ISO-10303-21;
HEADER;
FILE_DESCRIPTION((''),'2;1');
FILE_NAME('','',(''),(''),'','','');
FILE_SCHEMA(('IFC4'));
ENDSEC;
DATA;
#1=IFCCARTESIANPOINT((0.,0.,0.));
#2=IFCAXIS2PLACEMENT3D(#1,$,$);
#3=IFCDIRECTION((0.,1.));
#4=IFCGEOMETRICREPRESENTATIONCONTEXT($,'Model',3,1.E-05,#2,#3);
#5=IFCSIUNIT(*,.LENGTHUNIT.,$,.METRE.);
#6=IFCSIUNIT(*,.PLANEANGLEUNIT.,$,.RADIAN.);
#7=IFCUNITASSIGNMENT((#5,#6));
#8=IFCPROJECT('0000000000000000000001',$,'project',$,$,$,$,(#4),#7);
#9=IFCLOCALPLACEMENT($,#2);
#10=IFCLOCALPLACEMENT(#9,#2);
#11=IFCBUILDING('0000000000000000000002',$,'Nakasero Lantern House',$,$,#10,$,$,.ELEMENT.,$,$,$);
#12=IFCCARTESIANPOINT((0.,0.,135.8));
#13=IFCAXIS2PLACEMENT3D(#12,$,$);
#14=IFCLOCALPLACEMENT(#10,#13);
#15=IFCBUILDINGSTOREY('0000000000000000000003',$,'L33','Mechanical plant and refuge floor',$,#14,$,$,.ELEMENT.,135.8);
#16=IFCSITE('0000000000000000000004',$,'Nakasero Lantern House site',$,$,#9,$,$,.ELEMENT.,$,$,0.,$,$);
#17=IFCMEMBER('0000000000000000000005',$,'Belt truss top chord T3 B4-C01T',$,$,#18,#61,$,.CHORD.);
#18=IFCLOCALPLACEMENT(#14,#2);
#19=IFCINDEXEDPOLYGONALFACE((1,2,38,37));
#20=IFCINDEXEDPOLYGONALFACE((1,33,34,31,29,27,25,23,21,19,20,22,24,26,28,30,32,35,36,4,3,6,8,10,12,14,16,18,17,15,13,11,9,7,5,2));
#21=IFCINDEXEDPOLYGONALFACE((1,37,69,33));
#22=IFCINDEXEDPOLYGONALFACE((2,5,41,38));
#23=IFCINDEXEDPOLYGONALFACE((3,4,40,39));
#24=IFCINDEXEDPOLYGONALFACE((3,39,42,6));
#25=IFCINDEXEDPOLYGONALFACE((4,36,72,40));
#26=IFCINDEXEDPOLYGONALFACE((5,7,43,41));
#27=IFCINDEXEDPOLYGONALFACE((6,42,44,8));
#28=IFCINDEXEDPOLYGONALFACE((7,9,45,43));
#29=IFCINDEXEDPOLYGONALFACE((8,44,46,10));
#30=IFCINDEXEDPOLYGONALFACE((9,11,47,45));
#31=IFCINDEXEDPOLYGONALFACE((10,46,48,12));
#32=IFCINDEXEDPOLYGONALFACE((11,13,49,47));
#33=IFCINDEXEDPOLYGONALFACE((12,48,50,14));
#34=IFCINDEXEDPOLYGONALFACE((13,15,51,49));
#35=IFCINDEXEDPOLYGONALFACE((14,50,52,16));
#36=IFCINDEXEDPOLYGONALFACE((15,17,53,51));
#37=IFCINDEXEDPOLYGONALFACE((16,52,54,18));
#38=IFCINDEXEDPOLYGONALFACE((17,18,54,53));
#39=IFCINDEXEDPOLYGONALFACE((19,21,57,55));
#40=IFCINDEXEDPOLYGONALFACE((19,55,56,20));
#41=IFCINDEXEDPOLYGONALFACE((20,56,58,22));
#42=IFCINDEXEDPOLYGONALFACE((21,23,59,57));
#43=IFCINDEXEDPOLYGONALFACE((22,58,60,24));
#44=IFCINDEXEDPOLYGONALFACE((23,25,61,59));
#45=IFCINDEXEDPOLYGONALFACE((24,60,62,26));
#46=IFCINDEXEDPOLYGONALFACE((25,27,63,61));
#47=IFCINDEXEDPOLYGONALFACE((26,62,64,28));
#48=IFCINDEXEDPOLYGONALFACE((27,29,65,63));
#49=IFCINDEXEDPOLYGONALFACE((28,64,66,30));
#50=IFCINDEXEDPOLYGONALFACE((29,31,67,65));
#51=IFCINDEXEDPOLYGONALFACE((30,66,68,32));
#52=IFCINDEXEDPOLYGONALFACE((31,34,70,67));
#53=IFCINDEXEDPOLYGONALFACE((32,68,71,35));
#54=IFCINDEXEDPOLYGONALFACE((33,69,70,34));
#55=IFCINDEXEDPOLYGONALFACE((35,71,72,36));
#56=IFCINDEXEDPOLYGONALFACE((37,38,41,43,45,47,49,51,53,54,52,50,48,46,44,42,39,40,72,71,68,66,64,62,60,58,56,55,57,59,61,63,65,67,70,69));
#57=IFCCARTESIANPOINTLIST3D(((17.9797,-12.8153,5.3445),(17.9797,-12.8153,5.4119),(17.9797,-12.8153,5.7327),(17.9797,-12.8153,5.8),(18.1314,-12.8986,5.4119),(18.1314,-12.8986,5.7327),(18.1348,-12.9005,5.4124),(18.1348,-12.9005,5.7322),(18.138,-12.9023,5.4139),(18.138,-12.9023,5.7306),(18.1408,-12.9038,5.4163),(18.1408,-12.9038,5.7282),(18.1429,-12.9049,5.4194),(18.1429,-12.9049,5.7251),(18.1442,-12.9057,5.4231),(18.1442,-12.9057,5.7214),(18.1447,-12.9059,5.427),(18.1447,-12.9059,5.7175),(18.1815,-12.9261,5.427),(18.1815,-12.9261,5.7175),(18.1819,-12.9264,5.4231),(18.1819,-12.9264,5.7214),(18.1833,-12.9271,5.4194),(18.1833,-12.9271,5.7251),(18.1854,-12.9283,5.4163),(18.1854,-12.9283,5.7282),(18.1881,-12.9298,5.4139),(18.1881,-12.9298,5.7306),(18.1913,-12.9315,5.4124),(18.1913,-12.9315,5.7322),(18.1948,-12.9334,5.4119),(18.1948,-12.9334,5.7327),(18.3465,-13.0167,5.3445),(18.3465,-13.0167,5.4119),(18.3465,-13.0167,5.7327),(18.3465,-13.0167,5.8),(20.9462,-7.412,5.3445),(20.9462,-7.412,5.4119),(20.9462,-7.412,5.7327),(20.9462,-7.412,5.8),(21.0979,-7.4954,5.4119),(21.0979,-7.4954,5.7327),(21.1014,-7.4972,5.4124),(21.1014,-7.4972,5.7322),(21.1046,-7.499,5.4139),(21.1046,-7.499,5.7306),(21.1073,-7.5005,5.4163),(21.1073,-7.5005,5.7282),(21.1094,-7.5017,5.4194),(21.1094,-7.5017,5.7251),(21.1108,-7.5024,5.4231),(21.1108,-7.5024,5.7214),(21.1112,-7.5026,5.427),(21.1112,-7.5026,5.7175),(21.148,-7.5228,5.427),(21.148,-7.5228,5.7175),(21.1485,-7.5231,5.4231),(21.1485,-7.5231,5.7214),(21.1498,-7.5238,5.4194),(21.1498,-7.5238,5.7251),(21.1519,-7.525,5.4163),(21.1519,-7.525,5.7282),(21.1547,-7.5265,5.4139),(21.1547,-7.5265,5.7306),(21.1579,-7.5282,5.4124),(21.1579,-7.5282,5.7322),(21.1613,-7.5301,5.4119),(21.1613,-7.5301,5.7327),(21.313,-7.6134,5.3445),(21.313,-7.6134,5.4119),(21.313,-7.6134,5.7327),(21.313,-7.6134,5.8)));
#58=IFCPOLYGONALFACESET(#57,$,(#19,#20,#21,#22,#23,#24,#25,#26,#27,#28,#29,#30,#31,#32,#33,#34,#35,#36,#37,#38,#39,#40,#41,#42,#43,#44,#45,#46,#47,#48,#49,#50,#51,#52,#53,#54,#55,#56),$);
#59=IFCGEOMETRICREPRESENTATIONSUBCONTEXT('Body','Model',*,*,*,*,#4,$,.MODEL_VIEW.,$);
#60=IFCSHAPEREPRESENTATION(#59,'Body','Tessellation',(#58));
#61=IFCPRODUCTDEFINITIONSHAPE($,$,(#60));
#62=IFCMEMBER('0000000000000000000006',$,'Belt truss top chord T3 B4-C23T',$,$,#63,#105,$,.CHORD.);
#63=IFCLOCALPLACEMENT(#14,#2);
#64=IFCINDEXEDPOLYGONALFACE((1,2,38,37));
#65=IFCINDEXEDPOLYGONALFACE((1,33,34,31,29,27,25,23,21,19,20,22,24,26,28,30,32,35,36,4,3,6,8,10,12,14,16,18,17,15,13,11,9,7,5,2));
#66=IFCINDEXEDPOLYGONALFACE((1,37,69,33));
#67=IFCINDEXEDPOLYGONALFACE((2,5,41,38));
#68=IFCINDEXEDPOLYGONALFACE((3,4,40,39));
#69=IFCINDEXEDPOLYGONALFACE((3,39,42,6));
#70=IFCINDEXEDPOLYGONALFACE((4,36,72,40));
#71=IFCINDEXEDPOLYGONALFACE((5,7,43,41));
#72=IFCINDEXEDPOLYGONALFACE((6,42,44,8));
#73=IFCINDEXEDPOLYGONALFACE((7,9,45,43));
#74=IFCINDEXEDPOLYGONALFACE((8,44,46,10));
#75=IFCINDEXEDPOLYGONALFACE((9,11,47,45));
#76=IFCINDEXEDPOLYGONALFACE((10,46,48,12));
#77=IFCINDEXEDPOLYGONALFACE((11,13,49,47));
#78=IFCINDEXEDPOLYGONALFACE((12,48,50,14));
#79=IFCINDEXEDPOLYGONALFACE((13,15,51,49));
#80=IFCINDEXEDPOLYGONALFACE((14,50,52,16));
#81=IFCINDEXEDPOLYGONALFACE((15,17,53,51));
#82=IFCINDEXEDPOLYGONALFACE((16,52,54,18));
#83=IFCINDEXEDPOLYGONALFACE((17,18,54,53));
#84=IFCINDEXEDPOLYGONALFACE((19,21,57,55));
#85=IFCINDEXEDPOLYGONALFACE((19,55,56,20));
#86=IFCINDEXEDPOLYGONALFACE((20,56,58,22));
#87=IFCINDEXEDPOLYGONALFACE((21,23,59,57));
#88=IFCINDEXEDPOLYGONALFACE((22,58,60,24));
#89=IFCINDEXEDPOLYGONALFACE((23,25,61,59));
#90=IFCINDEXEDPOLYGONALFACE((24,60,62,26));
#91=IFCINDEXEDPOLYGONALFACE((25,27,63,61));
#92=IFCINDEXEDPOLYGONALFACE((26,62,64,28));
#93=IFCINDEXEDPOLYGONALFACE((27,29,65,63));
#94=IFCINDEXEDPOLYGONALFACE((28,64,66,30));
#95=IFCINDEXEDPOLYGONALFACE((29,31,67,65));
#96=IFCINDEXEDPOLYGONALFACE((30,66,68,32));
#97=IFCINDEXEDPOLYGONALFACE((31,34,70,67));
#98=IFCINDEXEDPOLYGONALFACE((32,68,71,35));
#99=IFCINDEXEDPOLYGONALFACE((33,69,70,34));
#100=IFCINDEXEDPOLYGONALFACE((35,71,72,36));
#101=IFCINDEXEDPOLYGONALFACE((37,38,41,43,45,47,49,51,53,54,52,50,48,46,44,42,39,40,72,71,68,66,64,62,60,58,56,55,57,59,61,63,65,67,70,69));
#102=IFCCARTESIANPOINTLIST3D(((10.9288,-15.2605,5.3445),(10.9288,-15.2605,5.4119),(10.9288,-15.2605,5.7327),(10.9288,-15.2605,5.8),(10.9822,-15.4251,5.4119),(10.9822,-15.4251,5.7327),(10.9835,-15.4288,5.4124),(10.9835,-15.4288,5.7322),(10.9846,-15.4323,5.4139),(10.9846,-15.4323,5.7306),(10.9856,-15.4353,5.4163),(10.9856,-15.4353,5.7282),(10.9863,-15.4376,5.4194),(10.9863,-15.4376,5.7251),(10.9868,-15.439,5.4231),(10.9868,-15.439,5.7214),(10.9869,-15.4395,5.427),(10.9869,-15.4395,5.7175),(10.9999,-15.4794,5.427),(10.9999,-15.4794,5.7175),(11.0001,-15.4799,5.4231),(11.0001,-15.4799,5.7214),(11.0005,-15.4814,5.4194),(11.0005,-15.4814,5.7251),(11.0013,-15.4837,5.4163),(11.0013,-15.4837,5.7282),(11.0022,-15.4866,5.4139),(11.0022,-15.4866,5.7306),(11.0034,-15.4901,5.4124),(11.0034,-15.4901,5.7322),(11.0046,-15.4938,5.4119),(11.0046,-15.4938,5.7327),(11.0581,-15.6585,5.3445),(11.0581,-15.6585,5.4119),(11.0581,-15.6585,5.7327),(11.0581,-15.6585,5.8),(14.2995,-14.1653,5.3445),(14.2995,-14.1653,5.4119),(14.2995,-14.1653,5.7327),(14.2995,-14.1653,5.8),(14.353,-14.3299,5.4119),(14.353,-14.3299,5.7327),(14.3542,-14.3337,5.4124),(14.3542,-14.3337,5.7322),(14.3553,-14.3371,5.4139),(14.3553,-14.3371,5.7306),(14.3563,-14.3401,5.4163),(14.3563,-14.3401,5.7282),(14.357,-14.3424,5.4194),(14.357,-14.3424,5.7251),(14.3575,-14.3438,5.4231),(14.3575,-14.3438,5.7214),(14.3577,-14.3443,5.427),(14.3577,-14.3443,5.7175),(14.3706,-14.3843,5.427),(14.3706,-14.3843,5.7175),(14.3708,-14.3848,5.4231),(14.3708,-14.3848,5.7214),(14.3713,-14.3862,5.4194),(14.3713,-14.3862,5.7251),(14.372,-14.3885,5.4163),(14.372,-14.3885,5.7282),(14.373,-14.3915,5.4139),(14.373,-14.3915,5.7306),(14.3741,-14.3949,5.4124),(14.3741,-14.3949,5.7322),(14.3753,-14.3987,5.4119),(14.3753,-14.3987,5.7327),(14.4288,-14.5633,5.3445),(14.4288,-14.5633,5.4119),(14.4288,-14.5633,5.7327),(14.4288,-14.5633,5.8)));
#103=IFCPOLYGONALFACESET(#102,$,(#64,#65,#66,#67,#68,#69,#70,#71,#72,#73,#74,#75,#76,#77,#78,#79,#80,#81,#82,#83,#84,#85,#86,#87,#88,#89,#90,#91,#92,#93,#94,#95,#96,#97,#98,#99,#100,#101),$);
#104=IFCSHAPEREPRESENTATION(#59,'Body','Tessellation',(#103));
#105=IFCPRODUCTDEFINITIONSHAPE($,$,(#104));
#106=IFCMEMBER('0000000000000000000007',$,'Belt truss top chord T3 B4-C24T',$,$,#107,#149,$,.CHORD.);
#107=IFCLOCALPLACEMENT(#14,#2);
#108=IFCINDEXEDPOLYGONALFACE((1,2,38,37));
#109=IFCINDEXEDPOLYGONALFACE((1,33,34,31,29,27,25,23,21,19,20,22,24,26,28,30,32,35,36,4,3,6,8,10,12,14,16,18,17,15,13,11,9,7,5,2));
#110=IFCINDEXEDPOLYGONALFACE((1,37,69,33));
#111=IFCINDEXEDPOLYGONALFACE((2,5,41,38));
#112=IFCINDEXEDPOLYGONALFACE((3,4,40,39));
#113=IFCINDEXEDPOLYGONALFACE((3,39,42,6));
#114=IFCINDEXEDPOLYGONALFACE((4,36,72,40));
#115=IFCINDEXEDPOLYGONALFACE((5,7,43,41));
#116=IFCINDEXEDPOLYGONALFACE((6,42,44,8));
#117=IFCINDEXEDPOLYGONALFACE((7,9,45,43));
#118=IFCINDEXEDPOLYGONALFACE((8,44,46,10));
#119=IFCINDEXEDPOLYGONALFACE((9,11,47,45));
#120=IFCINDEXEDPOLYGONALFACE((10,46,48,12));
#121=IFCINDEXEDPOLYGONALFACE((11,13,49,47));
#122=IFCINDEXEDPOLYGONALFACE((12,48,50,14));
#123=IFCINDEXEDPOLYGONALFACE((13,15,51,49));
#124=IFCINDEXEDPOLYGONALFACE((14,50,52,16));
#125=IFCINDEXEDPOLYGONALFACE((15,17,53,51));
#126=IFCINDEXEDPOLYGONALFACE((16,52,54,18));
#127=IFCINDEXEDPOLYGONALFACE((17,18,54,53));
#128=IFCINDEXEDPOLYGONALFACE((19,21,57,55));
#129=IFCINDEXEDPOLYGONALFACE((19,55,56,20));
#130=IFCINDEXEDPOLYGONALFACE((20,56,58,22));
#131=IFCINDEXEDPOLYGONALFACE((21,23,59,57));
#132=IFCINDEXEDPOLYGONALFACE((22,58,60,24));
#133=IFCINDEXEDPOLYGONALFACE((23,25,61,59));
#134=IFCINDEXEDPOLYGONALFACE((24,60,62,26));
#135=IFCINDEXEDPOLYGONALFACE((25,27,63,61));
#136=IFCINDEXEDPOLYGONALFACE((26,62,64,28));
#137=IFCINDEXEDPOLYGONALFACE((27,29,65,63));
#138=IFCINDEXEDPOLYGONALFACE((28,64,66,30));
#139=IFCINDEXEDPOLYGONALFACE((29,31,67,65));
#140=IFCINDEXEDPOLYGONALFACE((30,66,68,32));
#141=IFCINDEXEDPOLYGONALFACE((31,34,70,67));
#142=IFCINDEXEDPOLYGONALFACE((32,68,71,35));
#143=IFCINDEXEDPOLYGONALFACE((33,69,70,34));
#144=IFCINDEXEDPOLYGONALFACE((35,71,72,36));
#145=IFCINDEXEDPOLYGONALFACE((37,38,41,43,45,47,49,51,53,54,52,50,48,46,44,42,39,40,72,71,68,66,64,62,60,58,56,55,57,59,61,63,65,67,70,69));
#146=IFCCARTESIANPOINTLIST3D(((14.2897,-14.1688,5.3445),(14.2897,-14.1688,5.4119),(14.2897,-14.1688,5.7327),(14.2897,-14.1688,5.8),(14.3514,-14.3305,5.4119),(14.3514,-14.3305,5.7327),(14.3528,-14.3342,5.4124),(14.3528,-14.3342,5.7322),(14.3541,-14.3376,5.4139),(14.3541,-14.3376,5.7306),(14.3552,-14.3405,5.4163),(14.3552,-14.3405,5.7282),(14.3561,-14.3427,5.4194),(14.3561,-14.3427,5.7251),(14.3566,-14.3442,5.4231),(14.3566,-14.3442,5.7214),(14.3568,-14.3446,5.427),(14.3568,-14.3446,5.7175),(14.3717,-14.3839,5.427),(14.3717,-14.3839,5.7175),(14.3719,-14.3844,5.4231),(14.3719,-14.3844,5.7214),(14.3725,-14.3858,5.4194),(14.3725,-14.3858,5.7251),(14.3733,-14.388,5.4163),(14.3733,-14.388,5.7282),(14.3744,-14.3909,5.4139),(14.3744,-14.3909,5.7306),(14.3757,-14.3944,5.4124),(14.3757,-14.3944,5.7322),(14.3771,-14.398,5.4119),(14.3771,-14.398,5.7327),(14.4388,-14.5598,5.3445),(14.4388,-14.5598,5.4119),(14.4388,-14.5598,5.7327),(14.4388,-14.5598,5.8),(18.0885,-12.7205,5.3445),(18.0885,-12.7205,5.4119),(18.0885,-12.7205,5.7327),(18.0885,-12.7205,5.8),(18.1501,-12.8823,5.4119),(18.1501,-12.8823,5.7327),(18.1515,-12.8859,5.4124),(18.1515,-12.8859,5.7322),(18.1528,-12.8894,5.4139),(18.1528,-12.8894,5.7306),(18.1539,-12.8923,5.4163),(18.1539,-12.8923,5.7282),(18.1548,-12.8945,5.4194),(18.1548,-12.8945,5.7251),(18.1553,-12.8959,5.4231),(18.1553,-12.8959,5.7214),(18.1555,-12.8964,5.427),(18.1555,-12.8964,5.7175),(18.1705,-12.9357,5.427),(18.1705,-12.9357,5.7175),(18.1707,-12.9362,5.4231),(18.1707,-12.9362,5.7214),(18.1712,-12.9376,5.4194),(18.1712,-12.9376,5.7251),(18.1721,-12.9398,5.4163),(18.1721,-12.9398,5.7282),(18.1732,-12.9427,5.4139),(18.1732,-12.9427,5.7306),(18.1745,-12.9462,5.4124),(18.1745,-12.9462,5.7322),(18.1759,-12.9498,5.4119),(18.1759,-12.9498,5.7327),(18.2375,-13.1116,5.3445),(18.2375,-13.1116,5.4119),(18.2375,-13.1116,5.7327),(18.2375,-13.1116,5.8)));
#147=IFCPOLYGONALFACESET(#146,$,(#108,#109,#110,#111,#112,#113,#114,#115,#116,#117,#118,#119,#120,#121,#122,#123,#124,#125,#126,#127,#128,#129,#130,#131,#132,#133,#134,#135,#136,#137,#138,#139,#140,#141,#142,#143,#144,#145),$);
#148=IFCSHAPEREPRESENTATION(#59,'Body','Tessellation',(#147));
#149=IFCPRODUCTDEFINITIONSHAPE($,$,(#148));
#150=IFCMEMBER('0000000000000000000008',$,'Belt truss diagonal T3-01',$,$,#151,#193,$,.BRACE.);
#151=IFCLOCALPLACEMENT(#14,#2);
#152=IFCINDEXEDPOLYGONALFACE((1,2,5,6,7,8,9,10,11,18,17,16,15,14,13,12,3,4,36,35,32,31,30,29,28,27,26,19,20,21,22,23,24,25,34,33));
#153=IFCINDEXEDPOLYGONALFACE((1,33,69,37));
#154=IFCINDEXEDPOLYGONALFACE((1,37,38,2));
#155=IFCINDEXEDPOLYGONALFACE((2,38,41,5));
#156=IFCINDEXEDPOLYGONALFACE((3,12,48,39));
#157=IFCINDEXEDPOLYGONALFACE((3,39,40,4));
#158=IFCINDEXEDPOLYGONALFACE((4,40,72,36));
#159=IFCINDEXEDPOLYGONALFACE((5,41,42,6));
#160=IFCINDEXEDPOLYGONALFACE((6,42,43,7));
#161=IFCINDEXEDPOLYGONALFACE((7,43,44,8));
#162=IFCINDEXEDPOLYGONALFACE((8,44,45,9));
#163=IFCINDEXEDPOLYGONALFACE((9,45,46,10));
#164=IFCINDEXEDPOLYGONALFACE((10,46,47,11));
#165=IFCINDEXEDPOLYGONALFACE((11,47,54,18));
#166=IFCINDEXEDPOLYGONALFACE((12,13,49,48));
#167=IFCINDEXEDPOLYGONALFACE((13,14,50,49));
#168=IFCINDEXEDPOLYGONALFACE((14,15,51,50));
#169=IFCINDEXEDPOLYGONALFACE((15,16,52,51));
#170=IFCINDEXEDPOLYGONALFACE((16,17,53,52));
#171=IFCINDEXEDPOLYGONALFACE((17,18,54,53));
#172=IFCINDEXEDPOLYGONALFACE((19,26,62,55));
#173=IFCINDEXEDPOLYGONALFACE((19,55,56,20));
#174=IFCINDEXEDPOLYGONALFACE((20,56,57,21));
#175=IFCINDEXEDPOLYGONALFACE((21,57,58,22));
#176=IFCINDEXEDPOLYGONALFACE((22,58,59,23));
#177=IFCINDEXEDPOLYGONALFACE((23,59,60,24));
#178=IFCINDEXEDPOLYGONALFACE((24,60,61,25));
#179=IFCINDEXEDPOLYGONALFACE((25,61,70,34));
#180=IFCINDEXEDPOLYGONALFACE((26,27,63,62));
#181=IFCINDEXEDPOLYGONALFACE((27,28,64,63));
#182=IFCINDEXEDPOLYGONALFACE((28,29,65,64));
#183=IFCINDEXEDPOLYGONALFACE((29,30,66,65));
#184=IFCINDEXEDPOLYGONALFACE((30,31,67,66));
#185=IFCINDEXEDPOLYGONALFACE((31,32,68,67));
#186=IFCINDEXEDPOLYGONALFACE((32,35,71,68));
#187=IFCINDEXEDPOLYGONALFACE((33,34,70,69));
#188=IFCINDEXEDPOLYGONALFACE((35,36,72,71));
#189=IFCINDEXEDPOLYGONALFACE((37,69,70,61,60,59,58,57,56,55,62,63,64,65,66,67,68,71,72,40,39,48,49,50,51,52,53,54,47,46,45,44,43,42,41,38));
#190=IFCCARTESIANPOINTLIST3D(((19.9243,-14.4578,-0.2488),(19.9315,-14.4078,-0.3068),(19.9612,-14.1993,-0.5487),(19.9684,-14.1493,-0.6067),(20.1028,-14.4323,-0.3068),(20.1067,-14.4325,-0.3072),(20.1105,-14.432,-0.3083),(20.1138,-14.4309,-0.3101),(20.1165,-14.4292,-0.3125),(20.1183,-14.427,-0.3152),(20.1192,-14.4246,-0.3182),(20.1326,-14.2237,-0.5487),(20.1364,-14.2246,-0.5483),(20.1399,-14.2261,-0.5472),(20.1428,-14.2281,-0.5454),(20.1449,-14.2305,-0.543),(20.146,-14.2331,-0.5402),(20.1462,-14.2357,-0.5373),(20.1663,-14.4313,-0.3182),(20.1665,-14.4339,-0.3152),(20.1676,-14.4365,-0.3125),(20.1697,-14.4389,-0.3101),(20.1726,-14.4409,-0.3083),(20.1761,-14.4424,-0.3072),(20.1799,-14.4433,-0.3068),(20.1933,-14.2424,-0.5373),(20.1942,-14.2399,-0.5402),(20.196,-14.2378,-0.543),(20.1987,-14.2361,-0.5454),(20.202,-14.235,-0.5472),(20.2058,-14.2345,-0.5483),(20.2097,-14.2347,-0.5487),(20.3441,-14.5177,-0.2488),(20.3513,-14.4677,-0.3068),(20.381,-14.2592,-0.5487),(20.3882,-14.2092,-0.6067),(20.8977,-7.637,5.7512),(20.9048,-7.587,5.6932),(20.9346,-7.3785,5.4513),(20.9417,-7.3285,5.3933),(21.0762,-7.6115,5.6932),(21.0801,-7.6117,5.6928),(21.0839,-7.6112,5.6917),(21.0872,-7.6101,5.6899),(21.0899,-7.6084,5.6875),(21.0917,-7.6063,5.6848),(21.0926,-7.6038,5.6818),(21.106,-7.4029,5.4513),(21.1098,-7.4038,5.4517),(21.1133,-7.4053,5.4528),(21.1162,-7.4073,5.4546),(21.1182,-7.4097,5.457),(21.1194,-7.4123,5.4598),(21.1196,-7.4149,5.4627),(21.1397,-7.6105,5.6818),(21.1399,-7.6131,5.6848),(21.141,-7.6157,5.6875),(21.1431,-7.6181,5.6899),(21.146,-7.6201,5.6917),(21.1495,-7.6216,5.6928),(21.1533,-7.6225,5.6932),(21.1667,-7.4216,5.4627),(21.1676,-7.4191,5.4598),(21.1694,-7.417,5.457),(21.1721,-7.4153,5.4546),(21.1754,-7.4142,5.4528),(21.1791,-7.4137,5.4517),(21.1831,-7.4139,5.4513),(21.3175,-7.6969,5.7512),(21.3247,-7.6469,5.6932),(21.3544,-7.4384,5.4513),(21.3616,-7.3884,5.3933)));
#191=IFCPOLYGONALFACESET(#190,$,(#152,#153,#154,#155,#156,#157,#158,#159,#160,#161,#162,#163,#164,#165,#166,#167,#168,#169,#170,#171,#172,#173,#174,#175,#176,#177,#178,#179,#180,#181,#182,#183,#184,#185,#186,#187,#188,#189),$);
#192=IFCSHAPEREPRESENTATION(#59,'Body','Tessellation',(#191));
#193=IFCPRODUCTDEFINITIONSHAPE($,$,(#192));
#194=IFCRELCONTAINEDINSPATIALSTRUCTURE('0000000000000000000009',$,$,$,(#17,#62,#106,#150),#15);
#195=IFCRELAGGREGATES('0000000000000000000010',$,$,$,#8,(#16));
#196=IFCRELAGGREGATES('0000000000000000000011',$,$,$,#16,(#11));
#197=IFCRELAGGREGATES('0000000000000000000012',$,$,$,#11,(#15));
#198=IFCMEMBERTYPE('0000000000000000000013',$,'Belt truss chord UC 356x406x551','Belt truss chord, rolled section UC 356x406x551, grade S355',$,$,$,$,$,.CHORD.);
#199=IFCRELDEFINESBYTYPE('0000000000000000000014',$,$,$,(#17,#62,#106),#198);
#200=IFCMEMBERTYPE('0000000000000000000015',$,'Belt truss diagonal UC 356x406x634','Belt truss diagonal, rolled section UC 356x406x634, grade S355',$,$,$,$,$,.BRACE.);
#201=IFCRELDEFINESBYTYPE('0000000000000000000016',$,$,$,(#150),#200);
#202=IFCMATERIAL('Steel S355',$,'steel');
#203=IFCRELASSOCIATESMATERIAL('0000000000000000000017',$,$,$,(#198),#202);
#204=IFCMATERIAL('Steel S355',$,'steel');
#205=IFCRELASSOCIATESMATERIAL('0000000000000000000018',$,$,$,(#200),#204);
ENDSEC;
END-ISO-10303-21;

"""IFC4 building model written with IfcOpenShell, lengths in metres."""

from ifc_helpers import new_model, si_unit, direction, frame, origin, origin_2d, place, context, subcontext, project, spatial, i_section, extrude, material, material_profile, profile_set, type_object, element, save


model = new_model("IFC4")

# Units and contexts
model_context = context("Model", 3, precision=1e-05, world=origin(), true_north=direction((0.0, 1.0)))
body_context = subcontext(model_context, "Body", "Model", "MODEL_VIEW")
ifc_project = project(units=[si_unit("LENGTHUNIT", "METRE"), si_unit("PLANEANGLEUNIT", "RADIAN")], contexts=[model_context])

# Site, building, storey
site_placement = place(None, origin())
site = spatial("IfcSite", under=ifc_project, at=site_placement, Name="Nakasero Lantern House site", CompositionType="ELEMENT", RefElevation=0.0)
building_placement = place(site_placement, origin())
building = spatial("IfcBuilding", under=site, at=building_placement, Name="Nakasero Lantern House", CompositionType="ELEMENT")
storey_placement = place(building_placement, frame((0.0, 0.0, 135.8)))
storey = spatial("IfcBuildingStorey", under=building, at=storey_placement, Name="L33", Description="Mechanical plant and refuge floor", CompositionType="ELEMENT", Elevation=135.8)

# Members
ifc_material_1 = material(Name="Steel S355", Category="steel")
ifc_material_profile_1 = material_profile(ifc_material_1, i_section(OverallWidth=0.4185, OverallDepth=0.4556, WebThickness=0.042, FlangeThickness=0.0674, FilletRadius=0.0151, at=origin_2d()), Name="UC 356x406x551")
ifc_profile_set_1 = profile_set([ifc_material_profile_1], Name="Steel S355")
member_type_1 = type_object("IfcMemberType", Name="Belt truss chord UC 356x406x551", Description="Belt truss chord, rolled section UC 356x406x551, grade S355", PredefinedType="CHORD", material=ifc_profile_set_1)
member_1_placement = place(storey_placement, frame((18.1631, -12.916, 5.5723), z_axis=(0.481262, 0.876577, 0.0), x_axis=(-0.876577, 0.481262, 0.0)))
element("IfcMember", 1, at=member_1_placement, inside=storey, type_object=member_type_1, Name="Belt truss top chord T3 B4-C01T", PredefinedType="CHORD", context=body_context, shape_type="SweptSolid", body=[
    extrude(i_section(OverallWidth=0.4185, OverallDepth=0.4556, WebThickness=0.042, FlangeThickness=0.0674, FilletRadius=0.0151, at=origin_2d()), origin(), (0.0, 0.0, 1.0), 6.1641),
])
member_2_placement = place(storey_placement, frame((10.9934, -15.4595, 5.5723), z_axis=(0.95106, 0.309007, 0.0), x_axis=(-0.309007, 0.95106, 0.0)))
element("IfcMember", 2, at=member_2_placement, inside=storey, type_object=member_type_1, Name="Belt truss top chord T3 B4-C23T", PredefinedType="CHORD", context=body_context, shape_type="SweptSolid", body=[
    extrude(i_section(OverallWidth=0.4185, OverallDepth=0.4556, WebThickness=0.042, FlangeThickness=0.0674, FilletRadius=0.0151, at=origin_2d()), origin(), (0.0, 0.0, 1.0), 3.5442),
])
member_3_placement = place(storey_placement, frame((14.3643, -14.3643, 5.5723), z_axis=(0.9344, 0.356225, 0.0), x_axis=(-0.356225, 0.9344, 0.0)))
element("IfcMember", 3, at=member_3_placement, inside=storey, type_object=member_type_1, Name="Belt truss top chord T3 B4-C24T", PredefinedType="CHORD", context=body_context, shape_type="SweptSolid", body=[
    extrude(i_section(OverallWidth=0.4185, OverallDepth=0.4556, WebThickness=0.042, FlangeThickness=0.0674, FilletRadius=0.0151, at=origin_2d()), origin(), (0.0, 0.0, 1.0), 4.0654),
])
ifc_material_2 = material(Name="Steel S355", Category="steel")
ifc_material_profile_2 = material_profile(ifc_material_2, i_section(OverallWidth=0.4241, OverallDepth=0.4746, WebThickness=0.0476, FlangeThickness=0.0769, FilletRadius=0.0151, at=origin_2d()), Name="UC 356x406x634")
ifc_profile_set_2 = profile_set([ifc_material_profile_2], Name="Steel S355")
member_type_2 = type_object("IfcMemberType", Name="Belt truss diagonal UC 356x406x634", Description="Belt truss diagonal, rolled section UC 356x406x634, grade S355", PredefinedType="BRACE", material=ifc_profile_set_2)
member_4_placement = place(storey_placement, frame((20.1562, -14.3335, -0.4277), z_axis=(0.106542, 0.746566, 0.656726), x_axis=(-0.98997, 0.141277, 0.0)))
element("IfcMember", 4, at=member_4_placement, inside=storey, type_object=member_type_2, Name="Belt truss diagonal T3-01", PredefinedType="BRACE", context=body_context, shape_type="SweptSolid", body=[
    extrude(i_section(OverallWidth=0.4241, OverallDepth=0.4746, WebThickness=0.0476, FlangeThickness=0.0769, FilletRadius=0.0151, at=origin_2d()), origin(), (0.0, 0.0, 1.0), 9.1362),
])

save(model, "model.ifc")
